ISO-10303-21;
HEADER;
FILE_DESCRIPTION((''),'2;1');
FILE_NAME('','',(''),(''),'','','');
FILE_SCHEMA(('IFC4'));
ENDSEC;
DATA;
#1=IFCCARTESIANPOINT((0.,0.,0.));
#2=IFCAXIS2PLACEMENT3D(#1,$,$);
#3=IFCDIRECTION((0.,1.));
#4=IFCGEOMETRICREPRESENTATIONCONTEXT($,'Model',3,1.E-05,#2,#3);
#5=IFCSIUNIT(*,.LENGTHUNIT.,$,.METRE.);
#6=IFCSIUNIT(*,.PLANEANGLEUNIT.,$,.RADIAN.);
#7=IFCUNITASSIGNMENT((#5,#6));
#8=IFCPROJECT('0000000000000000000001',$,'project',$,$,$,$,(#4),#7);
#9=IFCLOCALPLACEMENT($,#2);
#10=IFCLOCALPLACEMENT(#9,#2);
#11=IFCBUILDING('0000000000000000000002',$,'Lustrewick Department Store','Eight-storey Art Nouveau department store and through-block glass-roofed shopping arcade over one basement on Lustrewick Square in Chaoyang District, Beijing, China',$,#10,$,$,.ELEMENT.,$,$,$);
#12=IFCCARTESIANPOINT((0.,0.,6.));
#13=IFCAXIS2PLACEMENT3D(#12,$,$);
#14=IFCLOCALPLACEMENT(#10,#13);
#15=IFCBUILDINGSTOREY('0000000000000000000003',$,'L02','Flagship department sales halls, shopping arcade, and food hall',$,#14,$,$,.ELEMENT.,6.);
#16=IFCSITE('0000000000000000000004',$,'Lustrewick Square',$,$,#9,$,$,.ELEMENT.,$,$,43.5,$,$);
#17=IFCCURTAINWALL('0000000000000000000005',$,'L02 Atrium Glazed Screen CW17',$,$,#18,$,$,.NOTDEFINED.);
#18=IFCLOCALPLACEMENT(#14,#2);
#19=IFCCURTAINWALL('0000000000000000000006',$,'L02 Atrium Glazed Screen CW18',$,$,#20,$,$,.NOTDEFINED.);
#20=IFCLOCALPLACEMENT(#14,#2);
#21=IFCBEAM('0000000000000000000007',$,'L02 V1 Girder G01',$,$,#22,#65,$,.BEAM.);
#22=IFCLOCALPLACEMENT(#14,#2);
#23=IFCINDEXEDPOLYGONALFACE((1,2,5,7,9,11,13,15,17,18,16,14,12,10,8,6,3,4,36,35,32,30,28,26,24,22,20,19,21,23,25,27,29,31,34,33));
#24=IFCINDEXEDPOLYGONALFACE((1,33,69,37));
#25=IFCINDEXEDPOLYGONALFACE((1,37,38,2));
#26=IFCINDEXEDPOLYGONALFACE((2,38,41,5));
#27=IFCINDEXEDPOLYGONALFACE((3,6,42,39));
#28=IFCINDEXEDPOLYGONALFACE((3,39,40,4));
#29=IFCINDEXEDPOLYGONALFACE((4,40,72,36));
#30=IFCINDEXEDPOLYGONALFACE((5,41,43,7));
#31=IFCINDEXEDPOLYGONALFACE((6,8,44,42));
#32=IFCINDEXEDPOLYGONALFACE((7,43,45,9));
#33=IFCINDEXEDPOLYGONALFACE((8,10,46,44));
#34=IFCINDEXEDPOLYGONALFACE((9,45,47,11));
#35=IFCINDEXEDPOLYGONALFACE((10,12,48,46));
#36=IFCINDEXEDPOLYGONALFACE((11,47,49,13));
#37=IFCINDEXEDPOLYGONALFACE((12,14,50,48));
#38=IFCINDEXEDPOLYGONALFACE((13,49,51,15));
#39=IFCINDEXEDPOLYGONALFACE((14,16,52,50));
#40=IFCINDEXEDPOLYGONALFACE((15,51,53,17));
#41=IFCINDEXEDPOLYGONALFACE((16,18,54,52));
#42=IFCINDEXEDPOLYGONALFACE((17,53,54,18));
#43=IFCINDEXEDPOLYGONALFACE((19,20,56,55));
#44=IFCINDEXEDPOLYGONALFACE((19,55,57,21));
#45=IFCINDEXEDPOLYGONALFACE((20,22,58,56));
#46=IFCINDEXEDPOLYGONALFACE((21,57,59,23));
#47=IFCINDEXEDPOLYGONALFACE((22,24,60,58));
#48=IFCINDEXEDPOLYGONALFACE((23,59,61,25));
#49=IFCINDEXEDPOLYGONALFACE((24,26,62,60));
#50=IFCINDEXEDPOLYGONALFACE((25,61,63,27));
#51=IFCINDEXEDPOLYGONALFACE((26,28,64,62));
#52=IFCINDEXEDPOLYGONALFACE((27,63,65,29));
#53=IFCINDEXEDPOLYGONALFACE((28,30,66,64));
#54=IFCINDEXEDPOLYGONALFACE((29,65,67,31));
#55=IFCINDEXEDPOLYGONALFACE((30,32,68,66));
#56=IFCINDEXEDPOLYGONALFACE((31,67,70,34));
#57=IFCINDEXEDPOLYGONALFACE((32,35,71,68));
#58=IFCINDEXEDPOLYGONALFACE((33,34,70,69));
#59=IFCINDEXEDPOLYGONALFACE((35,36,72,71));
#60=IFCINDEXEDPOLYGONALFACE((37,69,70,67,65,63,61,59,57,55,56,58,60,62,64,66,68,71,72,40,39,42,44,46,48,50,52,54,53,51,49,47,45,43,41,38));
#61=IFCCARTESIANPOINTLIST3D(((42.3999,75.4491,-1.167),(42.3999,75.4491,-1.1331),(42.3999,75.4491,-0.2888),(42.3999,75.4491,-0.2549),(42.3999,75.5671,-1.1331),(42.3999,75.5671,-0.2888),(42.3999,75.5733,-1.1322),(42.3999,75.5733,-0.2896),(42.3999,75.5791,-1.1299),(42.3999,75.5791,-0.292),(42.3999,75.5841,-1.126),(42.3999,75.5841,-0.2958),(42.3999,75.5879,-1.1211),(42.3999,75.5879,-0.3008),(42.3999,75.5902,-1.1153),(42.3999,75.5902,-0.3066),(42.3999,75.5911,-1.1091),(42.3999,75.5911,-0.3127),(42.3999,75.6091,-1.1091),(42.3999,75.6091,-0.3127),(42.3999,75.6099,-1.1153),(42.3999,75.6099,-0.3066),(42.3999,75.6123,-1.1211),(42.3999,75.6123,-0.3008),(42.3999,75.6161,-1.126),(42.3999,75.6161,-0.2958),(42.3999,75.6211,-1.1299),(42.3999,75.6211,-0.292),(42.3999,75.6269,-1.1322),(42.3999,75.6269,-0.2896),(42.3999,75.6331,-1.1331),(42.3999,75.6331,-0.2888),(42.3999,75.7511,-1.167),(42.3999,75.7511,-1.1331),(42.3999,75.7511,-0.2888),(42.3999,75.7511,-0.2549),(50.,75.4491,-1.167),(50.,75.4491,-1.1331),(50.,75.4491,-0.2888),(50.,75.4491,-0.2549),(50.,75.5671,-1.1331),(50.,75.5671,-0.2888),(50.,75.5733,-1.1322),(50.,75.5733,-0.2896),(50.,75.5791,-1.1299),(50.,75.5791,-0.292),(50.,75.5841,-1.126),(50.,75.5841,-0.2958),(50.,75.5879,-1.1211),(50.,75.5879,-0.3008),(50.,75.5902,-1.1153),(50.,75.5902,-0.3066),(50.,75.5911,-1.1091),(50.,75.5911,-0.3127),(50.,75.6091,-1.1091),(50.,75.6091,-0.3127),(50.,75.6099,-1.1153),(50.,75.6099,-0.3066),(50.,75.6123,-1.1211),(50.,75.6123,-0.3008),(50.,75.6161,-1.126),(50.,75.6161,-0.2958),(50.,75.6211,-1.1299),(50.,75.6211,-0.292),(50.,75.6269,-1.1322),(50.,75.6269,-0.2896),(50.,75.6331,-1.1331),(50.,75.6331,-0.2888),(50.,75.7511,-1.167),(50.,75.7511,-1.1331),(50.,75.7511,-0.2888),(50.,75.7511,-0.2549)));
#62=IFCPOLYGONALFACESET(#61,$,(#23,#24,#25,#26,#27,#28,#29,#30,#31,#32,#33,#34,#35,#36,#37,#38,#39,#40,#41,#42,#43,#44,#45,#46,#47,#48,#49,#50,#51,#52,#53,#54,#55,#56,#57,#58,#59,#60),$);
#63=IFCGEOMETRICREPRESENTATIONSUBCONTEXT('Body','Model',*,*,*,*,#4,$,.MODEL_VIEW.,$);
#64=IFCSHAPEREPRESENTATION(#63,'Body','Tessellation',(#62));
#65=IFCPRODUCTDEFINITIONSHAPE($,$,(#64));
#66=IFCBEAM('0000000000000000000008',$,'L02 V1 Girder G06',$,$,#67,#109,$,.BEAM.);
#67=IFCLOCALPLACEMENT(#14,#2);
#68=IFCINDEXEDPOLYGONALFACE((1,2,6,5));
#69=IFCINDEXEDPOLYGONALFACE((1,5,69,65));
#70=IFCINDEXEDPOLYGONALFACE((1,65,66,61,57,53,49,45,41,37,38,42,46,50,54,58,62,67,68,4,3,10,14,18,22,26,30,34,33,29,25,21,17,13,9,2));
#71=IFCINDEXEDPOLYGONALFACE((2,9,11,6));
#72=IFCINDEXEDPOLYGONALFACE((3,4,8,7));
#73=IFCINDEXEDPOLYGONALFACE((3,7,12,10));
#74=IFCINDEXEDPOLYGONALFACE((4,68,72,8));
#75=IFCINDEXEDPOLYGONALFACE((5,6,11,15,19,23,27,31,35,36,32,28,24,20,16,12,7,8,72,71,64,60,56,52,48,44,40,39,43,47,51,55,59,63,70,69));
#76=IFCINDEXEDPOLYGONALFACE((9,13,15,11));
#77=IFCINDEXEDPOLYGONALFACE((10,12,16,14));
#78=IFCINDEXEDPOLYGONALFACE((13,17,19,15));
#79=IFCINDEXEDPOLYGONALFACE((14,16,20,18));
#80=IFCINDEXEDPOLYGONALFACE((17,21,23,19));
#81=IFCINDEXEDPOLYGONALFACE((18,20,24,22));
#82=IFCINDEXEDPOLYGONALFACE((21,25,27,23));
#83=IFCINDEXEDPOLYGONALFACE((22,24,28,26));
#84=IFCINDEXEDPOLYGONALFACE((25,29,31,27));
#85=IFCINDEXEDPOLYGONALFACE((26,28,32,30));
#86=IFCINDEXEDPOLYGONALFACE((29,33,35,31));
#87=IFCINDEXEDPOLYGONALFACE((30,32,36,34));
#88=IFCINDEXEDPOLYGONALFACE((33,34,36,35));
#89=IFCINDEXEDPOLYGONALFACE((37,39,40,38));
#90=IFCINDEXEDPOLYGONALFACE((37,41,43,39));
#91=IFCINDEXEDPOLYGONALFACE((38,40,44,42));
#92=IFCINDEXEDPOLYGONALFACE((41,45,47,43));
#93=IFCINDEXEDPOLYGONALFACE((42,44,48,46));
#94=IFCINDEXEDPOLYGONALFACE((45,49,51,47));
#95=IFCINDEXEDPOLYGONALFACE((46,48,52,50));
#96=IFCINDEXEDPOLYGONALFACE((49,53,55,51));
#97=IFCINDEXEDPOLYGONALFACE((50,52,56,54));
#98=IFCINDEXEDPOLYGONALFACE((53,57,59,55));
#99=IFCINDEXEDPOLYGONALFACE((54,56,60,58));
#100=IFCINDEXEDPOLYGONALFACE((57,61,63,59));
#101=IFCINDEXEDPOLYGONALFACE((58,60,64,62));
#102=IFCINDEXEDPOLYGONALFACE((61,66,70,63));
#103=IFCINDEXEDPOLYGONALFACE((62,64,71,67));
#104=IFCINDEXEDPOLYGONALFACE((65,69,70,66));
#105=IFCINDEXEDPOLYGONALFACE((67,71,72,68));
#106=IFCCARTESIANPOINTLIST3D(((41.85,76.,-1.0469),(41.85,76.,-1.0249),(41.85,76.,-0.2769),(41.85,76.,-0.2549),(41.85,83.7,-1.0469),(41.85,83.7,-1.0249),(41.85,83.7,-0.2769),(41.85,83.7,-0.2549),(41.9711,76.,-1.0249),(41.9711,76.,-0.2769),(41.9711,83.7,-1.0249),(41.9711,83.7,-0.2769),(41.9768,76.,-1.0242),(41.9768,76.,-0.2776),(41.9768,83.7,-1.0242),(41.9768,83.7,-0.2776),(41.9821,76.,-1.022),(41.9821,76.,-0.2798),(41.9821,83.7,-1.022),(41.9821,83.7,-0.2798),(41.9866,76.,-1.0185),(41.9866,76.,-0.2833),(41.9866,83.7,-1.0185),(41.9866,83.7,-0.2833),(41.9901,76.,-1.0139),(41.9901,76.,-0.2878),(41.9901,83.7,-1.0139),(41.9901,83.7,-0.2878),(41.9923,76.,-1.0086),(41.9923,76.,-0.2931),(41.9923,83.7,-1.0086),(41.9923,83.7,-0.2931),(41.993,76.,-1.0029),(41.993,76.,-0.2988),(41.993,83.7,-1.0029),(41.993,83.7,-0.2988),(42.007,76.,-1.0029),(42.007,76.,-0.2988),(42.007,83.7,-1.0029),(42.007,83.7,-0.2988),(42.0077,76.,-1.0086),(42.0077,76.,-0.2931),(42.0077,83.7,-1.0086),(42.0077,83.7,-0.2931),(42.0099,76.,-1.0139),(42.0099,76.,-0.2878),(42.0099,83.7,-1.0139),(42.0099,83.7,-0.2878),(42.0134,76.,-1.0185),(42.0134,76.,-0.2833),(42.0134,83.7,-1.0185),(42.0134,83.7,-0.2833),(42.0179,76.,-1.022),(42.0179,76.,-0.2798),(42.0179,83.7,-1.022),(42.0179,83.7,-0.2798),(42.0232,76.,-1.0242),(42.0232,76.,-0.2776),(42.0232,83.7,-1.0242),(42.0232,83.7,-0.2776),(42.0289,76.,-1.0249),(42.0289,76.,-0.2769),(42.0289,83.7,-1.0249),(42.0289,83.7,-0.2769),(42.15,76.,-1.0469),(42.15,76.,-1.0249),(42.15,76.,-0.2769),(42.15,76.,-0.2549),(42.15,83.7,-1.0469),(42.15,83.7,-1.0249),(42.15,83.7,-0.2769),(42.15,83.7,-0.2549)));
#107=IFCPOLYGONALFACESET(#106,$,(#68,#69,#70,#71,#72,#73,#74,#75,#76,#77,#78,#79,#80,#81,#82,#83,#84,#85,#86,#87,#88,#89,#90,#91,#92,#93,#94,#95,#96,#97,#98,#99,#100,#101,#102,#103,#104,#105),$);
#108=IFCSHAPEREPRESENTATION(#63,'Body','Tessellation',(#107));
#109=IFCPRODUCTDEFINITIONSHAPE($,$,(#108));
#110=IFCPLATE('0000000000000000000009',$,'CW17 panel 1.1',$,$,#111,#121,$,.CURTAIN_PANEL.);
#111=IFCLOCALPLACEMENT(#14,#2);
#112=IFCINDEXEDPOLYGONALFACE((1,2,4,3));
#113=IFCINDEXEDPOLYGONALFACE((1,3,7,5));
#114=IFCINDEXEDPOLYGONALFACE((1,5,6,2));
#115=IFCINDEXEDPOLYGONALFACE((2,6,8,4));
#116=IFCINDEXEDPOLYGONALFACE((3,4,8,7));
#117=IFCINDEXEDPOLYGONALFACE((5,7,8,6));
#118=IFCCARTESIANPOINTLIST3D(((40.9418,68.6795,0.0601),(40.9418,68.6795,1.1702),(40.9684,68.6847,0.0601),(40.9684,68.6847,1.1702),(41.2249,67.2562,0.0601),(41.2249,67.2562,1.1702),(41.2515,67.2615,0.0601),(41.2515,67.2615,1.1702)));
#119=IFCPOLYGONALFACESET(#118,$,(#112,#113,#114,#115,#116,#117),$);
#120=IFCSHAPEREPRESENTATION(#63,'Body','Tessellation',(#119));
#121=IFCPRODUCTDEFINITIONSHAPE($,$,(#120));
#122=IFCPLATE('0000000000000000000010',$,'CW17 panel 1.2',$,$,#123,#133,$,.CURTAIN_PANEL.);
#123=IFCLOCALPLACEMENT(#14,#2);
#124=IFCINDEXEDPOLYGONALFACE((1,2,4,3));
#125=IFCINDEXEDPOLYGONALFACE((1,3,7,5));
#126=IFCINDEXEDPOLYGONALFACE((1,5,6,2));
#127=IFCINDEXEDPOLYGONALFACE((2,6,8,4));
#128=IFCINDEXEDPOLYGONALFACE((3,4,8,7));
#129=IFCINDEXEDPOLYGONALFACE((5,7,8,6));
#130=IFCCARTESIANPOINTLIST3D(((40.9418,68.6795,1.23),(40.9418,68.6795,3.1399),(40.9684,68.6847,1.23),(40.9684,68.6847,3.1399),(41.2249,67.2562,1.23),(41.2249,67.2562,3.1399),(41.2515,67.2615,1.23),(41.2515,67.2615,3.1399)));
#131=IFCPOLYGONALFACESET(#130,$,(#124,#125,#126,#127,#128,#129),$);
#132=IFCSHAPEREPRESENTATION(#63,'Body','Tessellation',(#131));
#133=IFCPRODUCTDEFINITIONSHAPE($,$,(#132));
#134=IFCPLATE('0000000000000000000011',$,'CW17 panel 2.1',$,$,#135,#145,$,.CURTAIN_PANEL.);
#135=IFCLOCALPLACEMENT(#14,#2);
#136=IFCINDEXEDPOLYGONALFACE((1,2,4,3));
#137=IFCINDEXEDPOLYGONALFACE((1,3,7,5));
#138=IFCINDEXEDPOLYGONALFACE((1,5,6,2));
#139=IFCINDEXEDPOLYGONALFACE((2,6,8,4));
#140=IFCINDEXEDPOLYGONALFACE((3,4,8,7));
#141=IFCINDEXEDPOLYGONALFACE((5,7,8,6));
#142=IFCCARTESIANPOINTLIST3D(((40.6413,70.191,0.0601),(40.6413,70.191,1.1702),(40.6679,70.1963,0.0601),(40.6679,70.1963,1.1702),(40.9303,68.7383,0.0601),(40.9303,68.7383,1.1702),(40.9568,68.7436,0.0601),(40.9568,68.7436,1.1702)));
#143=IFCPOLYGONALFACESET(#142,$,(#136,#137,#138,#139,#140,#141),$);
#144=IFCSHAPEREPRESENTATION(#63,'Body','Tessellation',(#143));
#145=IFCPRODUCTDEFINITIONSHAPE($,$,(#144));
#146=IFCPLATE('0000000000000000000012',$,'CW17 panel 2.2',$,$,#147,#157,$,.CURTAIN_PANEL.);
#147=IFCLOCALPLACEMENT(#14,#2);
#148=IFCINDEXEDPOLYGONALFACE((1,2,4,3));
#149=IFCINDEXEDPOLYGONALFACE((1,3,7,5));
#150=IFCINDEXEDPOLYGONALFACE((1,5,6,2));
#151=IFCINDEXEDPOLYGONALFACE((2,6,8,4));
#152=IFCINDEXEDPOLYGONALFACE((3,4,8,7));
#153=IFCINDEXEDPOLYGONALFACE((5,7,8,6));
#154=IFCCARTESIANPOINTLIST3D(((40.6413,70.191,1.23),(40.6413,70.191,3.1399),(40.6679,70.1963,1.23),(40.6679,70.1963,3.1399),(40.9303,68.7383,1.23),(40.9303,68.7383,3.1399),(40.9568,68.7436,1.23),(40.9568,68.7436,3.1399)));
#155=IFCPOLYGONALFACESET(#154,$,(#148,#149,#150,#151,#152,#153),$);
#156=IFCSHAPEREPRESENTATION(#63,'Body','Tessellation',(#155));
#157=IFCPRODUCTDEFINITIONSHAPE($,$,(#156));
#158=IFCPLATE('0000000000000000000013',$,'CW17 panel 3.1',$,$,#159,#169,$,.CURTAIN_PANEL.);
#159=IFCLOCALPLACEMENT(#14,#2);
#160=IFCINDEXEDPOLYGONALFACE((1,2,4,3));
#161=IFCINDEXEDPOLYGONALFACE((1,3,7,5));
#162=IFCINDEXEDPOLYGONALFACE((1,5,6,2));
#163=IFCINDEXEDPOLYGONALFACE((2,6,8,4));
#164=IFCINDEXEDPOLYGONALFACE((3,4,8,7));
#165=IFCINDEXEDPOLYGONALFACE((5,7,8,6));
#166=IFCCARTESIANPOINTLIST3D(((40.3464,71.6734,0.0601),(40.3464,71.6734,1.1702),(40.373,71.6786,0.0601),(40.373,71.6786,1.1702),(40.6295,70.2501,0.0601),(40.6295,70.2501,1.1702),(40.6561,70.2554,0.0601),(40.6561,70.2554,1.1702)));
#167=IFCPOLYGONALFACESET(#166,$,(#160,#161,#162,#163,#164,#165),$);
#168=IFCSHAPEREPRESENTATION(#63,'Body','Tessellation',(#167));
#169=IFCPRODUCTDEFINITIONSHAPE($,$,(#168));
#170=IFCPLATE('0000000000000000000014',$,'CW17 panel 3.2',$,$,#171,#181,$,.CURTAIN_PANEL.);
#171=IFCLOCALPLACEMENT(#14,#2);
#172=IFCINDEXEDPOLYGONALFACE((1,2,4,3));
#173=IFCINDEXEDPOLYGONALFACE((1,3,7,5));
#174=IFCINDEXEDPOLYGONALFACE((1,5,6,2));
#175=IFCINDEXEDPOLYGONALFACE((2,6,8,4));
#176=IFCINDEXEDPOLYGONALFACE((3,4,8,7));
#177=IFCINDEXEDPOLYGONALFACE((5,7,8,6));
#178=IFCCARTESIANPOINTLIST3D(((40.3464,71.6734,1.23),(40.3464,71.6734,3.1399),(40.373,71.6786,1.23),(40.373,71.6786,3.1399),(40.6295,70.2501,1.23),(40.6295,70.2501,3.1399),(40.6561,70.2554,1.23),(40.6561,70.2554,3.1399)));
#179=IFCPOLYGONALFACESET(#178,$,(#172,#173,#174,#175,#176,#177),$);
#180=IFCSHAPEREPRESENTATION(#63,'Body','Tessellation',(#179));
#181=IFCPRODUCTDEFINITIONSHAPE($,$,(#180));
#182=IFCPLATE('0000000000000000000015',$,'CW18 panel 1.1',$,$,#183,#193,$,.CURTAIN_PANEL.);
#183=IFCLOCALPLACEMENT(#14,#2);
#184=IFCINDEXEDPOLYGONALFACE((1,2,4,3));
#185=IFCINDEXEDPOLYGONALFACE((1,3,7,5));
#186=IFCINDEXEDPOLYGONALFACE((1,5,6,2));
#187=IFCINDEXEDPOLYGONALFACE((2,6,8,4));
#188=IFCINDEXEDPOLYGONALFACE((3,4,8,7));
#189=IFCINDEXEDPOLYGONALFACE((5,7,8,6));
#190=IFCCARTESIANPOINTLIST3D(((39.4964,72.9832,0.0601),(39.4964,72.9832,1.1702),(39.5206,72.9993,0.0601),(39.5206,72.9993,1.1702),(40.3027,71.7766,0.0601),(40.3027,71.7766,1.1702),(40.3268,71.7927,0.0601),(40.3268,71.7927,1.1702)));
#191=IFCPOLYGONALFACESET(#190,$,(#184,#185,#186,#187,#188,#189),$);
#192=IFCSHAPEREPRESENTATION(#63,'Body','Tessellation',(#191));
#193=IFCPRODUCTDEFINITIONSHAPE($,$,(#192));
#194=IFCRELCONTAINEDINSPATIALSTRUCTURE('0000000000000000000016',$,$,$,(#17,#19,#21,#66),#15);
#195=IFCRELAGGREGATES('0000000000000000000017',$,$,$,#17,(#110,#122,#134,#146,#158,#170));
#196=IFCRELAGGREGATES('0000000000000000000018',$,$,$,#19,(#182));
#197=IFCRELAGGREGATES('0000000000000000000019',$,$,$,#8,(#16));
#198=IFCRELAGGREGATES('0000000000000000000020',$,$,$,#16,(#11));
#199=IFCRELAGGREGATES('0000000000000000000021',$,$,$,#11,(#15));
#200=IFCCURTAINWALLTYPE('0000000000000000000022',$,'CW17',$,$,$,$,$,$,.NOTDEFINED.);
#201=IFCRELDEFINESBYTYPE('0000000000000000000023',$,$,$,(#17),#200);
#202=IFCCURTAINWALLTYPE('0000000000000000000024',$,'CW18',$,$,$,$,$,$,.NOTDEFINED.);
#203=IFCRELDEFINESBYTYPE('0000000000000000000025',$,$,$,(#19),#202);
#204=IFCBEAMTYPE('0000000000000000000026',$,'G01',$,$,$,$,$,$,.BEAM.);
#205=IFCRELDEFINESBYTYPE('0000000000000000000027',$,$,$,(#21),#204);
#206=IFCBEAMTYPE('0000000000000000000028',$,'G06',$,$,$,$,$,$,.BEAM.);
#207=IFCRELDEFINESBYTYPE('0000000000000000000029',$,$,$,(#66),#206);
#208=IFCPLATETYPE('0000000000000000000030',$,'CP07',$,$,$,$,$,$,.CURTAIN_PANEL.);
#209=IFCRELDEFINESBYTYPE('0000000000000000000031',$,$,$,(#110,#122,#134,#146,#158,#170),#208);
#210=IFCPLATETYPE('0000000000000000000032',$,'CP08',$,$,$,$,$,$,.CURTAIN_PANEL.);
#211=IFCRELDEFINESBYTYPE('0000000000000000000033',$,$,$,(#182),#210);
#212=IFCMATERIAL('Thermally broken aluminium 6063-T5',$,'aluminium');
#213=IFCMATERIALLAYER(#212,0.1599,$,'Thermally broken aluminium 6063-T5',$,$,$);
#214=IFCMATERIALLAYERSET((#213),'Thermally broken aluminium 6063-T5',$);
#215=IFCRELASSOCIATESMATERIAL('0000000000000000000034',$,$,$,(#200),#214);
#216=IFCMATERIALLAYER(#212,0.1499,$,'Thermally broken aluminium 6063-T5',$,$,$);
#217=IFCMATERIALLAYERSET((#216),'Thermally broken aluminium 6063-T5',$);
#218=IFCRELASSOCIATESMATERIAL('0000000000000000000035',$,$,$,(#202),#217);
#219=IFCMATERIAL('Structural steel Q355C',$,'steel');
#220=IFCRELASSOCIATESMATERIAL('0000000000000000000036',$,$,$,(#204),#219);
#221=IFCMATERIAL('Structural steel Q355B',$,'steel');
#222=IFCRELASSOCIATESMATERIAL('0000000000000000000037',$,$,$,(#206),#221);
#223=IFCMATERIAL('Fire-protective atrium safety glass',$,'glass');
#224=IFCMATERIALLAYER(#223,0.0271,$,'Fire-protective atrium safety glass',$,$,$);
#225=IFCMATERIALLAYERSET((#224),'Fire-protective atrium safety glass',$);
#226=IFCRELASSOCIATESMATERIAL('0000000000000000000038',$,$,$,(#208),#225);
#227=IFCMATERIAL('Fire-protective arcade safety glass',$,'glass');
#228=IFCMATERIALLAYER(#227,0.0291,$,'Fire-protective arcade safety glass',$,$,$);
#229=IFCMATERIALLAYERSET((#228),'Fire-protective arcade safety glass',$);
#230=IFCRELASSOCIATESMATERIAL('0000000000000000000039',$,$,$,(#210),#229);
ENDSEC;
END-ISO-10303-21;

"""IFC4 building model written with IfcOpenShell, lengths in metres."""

from ifc_helpers import new_model, si_unit, direction, frame, origin, origin_2d, place, context, subcontext, project, spatial, rectangle, i_section, extrude, material, layer, layer_set, material_profile, profile_set, type_object, element, aggregate, save


model = new_model("IFC4")

# Units and contexts
model_context = context("Model", 3, precision=1e-05, world=origin(), true_north=direction((0.0, 1.0)))
body_context = subcontext(model_context, "Body", "Model", "MODEL_VIEW")
ifc_project = project(units=[si_unit("LENGTHUNIT", "METRE"), si_unit("PLANEANGLEUNIT", "RADIAN")], contexts=[model_context])

# Site, building, storey
site_placement = place(None, origin())
site = spatial("IfcSite", under=ifc_project, at=site_placement, Name="Lustrewick Square", CompositionType="ELEMENT", RefElevation=43.5)
building_placement = place(site_placement, origin())
building = spatial("IfcBuilding", under=site, at=building_placement, Name="Lustrewick Department Store", Description="Eight-storey Art Nouveau department store and through-block glass-roofed shopping arcade over one basement on Lustrewick Square in Chaoyang District, Beijing, China", CompositionType="ELEMENT")
storey_placement = place(building_placement, frame((0.0, 0.0, 6.0)))
storey = spatial("IfcBuildingStorey", under=building, at=storey_placement, Name="L02", Description="Flagship department sales halls, shopping arcade, and food hall", CompositionType="ELEMENT", Elevation=6.0)

# Curtain walls
ifc_material_1 = material(Name="Thermally broken aluminium 6063-T5", Category="aluminium")
ifc_layer_1 = layer(ifc_material_1, 0.1599, Name="Thermally broken aluminium 6063-T5")
ifc_layer_set_1 = layer_set([ifc_layer_1], Name="Thermally broken aluminium 6063-T5")
curtain_wall_type_1 = type_object("IfcCurtainWallType", Name="CW17", PredefinedType="NOTDEFINED", material=ifc_layer_set_1)
curtain_wall_1_placement = place(storey_placement, origin())
curtain_wall_1 = element("IfcCurtainWall", 1, at=curtain_wall_1_placement, inside=storey, type_object=curtain_wall_type_1, Name="L02 Atrium Glazed Screen CW17", PredefinedType="NOTDEFINED")
ifc_layer_2 = layer(ifc_material_1, 0.1499, Name="Thermally broken aluminium 6063-T5")
ifc_layer_set_2 = layer_set([ifc_layer_2], Name="Thermally broken aluminium 6063-T5")
curtain_wall_type_2 = type_object("IfcCurtainWallType", Name="CW18", PredefinedType="NOTDEFINED", material=ifc_layer_set_2)
curtain_wall_2_placement = place(storey_placement, origin())
curtain_wall_2 = element("IfcCurtainWall", 2, at=curtain_wall_2_placement, inside=storey, type_object=curtain_wall_type_2, Name="L02 Atrium Glazed Screen CW18", PredefinedType="NOTDEFINED")

# Beams
ifc_material_2 = material(Name="Structural steel Q355C", Category="steel")
ifc_material_profile_1 = material_profile(ifc_material_2, i_section(OverallWidth=0.302, OverallDepth=0.9121, WebThickness=0.0181, FlangeThickness=0.0339, FilletRadius=0.0239, at=origin_2d()), Name="HN 912x302x18x34")
ifc_profile_set_1 = profile_set([ifc_material_profile_1], Name="Structural steel Q355C")
beam_type_1 = type_object("IfcBeamType", Name="G01", PredefinedType="BEAM", material=ifc_profile_set_1)
beam_1_placement = place(storey_placement, frame((42.3999, 75.6001, -0.7109), z_axis=(1.0, 0.0, 0.0), x_axis=(0.0, 1.0, 0.0)))
element("IfcBeam", 3, at=beam_1_placement, inside=storey, type_object=beam_type_1, Name="L02 V1 Girder G01", PredefinedType="BEAM", context=body_context, shape_type="SweptSolid", body=[
    extrude(i_section(OverallWidth=0.302, OverallDepth=0.9121, WebThickness=0.0181, FlangeThickness=0.0339, FilletRadius=0.0239, at=origin_2d()), origin(), (0.0, 0.0, 1.0), 7.6001),
])
ifc_material_3 = material(Name="Structural steel Q355B", Category="steel")
ifc_material_profile_2 = material_profile(ifc_material_3, i_section(OverallWidth=0.3, OverallDepth=0.792, WebThickness=0.0139, FlangeThickness=0.022, FilletRadius=0.022, at=origin_2d()), Name="HN 792x300x14x22")
ifc_profile_set_2 = profile_set([ifc_material_profile_2], Name="Structural steel Q355B")
beam_type_2 = type_object("IfcBeamType", Name="G06", PredefinedType="BEAM", material=ifc_profile_set_2)
beam_2_placement = place(storey_placement, frame((42.0, 76.0, -0.6509), z_axis=(0.0, 1.0, 0.0), x_axis=(-1.0, 0.0, 0.0)))
element("IfcBeam", 4, at=beam_2_placement, inside=storey, type_object=beam_type_2, Name="L02 V1 Girder G06", PredefinedType="BEAM", context=body_context, shape_type="SweptSolid", body=[
    extrude(i_section(OverallWidth=0.3, OverallDepth=0.792, WebThickness=0.0139, FlangeThickness=0.022, FilletRadius=0.022, at=origin_2d()), origin(), (0.0, 0.0, 1.0), 7.7),
])

# Plates
ifc_material_4 = material(Name="Fire-protective atrium safety glass", Category="glass")
ifc_layer_3 = layer(ifc_material_4, 0.0271, Name="Fire-protective atrium safety glass")
ifc_layer_set_3 = layer_set([ifc_layer_3], Name="Fire-protective atrium safety glass")
plate_type_1 = type_object("IfcPlateType", Name="CP07", PredefinedType="CURTAIN_PANEL", material=ifc_layer_set_3)
plate_1_placement = place(storey_placement, frame((41.0967, 67.9705, 0.0601), z_axis=(0.0, 0.0, 1.0), x_axis=(-0.195085, 0.980786, 0.0)))
plate_1 = element("IfcPlate", 5, at=plate_1_placement, type_object=plate_type_1, Name="CW17 panel 1.1", PredefinedType="CURTAIN_PANEL", context=body_context, shape_type="SweptSolid", body=[
    extrude(rectangle(XDim=1.4512, YDim=0.0271, at=origin_2d()), origin(), (0.0, 0.0, 1.0), 1.1101),
])
plate_2_placement = place(storey_placement, frame((41.0967, 67.9705, 1.23), z_axis=(0.0, 0.0, 1.0), x_axis=(-0.195085, 0.980786, 0.0)))
plate_2 = element("IfcPlate", 6, at=plate_2_placement, type_object=plate_type_1, Name="CW17 panel 1.2", PredefinedType="CURTAIN_PANEL", context=body_context, shape_type="SweptSolid", body=[
    extrude(rectangle(XDim=1.4512, YDim=0.0271, at=origin_2d()), origin(), (0.0, 0.0, 1.0), 1.9099),
])
plate_3_placement = place(storey_placement, frame((40.7991, 69.4673, 0.0601), z_axis=(0.0, 0.0, 1.0), x_axis=(-0.195085, 0.980786, 0.0)))
plate_3 = element("IfcPlate", 7, at=plate_3_placement, type_object=plate_type_1, Name="CW17 panel 2.1", PredefinedType="CURTAIN_PANEL", context=body_context, shape_type="SweptSolid", body=[
    extrude(rectangle(XDim=1.4812, YDim=0.0271, at=origin_2d()), origin(), (0.0, 0.0, 1.0), 1.1101),
])
plate_4_placement = place(storey_placement, frame((40.7991, 69.4673, 1.23), z_axis=(0.0, 0.0, 1.0), x_axis=(-0.195085, 0.980786, 0.0)))
plate_4 = element("IfcPlate", 8, at=plate_4_placement, type_object=plate_type_1, Name="CW17 panel 2.2", PredefinedType="CURTAIN_PANEL", context=body_context, shape_type="SweptSolid", body=[
    extrude(rectangle(XDim=1.4812, YDim=0.0271, at=origin_2d()), origin(), (0.0, 0.0, 1.0), 1.9099),
])
plate_5_placement = place(storey_placement, frame((40.5012, 70.9644, 0.0601), z_axis=(0.0, 0.0, 1.0), x_axis=(-0.195085, 0.980786, 0.0)))
plate_5 = element("IfcPlate", 9, at=plate_5_placement, type_object=plate_type_1, Name="CW17 panel 3.1", PredefinedType="CURTAIN_PANEL", context=body_context, shape_type="SweptSolid", body=[
    extrude(rectangle(XDim=1.4512, YDim=0.0271, at=origin_2d()), origin(), (0.0, 0.0, 1.0), 1.1101),
])
plate_6_placement = place(storey_placement, frame((40.5012, 70.9644, 1.23), z_axis=(0.0, 0.0, 1.0), x_axis=(-0.195085, 0.980786, 0.0)))
plate_6 = element("IfcPlate", 10, at=plate_6_placement, type_object=plate_type_1, Name="CW17 panel 3.2", PredefinedType="CURTAIN_PANEL", context=body_context, shape_type="SweptSolid", body=[
    extrude(rectangle(XDim=1.4512, YDim=0.0271, at=origin_2d()), origin(), (0.0, 0.0, 1.0), 1.9099),
])
aggregate(curtain_wall_1, [plate_1, plate_2, plate_3, plate_4, plate_5, plate_6])
ifc_material_5 = material(Name="Fire-protective arcade safety glass", Category="glass")
ifc_layer_4 = layer(ifc_material_5, 0.0291, Name="Fire-protective arcade safety glass")
ifc_layer_set_4 = layer_set([ifc_layer_4], Name="Fire-protective arcade safety glass")
plate_type_2 = type_object("IfcPlateType", Name="CP08", PredefinedType="CURTAIN_PANEL", material=ifc_layer_set_4)
plate_7_placement = place(storey_placement, frame((39.9116, 72.3879, 0.0601), z_axis=(0.0, 0.0, 1.0), x_axis=(-0.555578, 0.831464, 0.0)))
plate_7 = element("IfcPlate", 11, at=plate_7_placement, type_object=plate_type_2, Name="CW18 panel 1.1", PredefinedType="CURTAIN_PANEL", context=body_context, shape_type="SweptSolid", body=[
    extrude(rectangle(XDim=1.4512, YDim=0.0291, at=origin_2d()), origin(), (0.0, 0.0, 1.0), 1.1101),
])
aggregate(curtain_wall_2, [plate_7])

save(model, "model.ifc")
